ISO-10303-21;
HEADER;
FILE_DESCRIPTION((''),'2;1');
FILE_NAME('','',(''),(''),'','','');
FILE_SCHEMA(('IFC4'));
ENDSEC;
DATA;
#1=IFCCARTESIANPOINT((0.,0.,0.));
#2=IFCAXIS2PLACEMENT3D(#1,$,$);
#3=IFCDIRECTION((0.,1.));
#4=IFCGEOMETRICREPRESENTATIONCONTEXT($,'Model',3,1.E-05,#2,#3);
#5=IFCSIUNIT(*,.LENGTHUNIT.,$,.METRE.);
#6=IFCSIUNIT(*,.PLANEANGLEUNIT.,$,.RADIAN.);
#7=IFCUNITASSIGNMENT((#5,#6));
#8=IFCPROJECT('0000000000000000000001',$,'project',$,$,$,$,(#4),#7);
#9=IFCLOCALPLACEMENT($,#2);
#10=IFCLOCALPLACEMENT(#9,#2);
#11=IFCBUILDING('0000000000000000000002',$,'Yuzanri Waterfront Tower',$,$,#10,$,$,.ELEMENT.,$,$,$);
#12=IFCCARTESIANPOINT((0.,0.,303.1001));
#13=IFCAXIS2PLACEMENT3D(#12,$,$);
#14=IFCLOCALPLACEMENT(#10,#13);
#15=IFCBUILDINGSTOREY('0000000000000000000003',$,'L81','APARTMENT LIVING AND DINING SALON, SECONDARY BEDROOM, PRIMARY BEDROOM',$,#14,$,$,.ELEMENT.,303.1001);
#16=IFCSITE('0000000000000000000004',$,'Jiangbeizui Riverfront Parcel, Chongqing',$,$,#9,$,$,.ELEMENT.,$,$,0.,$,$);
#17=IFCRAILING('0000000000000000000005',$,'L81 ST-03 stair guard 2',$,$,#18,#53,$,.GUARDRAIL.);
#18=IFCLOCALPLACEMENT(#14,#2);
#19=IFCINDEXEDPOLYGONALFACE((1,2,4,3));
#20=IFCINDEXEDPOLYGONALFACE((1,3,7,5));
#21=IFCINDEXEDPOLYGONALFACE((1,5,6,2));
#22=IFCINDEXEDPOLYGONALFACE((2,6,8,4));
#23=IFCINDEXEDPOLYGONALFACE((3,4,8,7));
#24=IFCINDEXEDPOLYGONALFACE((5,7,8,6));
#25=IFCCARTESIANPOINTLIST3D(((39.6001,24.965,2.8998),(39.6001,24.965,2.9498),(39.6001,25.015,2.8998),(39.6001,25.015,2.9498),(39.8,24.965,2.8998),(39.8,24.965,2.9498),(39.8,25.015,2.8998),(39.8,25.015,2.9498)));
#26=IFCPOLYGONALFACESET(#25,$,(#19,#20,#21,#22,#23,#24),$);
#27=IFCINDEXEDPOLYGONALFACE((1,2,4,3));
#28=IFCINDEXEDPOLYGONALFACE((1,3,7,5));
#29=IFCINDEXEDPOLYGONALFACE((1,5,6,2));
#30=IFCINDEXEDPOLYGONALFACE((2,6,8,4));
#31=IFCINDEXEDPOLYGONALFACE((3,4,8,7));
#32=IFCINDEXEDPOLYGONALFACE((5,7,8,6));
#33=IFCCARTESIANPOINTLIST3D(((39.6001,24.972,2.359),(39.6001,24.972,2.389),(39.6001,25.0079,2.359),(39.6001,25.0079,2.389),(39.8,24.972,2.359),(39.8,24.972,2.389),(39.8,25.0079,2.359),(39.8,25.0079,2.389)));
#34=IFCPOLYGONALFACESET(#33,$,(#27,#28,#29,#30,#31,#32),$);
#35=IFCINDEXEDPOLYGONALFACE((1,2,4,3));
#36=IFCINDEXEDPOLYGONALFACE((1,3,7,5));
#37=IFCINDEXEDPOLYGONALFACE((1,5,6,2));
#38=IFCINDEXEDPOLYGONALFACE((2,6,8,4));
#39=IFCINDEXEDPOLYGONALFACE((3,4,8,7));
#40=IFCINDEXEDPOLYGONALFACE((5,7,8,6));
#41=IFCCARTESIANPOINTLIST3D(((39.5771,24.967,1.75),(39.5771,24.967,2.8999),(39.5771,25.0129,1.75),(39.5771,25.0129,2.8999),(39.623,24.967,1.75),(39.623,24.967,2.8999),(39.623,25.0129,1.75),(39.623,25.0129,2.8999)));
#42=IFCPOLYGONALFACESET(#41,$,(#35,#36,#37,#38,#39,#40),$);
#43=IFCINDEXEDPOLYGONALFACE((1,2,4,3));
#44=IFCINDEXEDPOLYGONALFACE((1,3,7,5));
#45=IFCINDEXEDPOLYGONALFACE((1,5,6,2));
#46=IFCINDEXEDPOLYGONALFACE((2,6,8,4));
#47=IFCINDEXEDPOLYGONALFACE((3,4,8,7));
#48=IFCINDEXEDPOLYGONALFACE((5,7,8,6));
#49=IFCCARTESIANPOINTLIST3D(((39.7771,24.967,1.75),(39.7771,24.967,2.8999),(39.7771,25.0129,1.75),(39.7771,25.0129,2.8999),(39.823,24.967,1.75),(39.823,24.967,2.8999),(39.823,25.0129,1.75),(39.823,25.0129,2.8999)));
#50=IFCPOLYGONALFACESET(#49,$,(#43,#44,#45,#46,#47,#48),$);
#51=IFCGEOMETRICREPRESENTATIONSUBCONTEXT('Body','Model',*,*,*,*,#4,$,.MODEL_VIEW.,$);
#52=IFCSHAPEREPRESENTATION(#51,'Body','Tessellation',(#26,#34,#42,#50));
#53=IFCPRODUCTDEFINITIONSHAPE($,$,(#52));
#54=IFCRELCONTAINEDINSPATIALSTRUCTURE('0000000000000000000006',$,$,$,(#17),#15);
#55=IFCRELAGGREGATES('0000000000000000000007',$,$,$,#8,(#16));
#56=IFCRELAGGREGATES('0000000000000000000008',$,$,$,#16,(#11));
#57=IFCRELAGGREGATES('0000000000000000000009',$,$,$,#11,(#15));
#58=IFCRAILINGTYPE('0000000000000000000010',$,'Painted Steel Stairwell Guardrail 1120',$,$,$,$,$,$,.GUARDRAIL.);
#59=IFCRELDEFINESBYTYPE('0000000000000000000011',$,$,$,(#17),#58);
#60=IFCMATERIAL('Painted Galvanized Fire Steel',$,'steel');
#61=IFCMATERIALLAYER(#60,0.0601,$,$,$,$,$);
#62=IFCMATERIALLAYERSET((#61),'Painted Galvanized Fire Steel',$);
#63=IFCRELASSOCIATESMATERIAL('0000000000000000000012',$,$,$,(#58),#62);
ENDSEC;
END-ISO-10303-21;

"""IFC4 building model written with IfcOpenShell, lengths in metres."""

from ifc_helpers import new_model, si_unit, direction, frame, origin, origin_2d, place, context, subcontext, project, spatial, rectangle, extrude, source, transform, mapped, material, layer, layer_set, type_object, element, save


model = new_model("IFC4")

# Units and contexts
model_context = context("Model", 3, precision=1e-05, world=origin(), true_north=direction((0.0, 1.0)))
body_context = subcontext(model_context, "Body", "Model", "MODEL_VIEW")
ifc_project = project(units=[si_unit("LENGTHUNIT", "METRE"), si_unit("PLANEANGLEUNIT", "RADIAN")], contexts=[model_context])

# Site, building, storey
site_placement = place(None, origin())
site = spatial("IfcSite", under=ifc_project, at=site_placement, Name="Jiangbeizui Riverfront Parcel, Chongqing", CompositionType="ELEMENT", RefElevation=0.0)
building_placement = place(site_placement, origin())
building = spatial("IfcBuilding", under=site, at=building_placement, Name="Yuzanri Waterfront Tower", CompositionType="ELEMENT")
storey_placement = place(building_placement, frame((0.0, 0.0, 303.1001)))
storey = spatial("IfcBuildingStorey", under=building, at=storey_placement, Name="L81", Description="APARTMENT LIVING AND DINING SALON, SECONDARY BEDROOM, PRIMARY BEDROOM", CompositionType="ELEMENT", Elevation=303.1001)

# Railing
ifc_material_1 = material(Name="Painted Galvanized Fire Steel", Category="steel")
ifc_layer_1 = layer(ifc_material_1, 0.0601)
ifc_layer_set_1 = layer_set([ifc_layer_1], Name="Painted Galvanized Fire Steel")
railing_type_1 = type_object("IfcRailingType", Name="Painted Steel Stairwell Guardrail 1120", PredefinedType="GUARDRAIL", material=ifc_layer_set_1)
shared_shape_1 = source(origin(), body_context, "Body", "SweptSolid", [
    extrude(rectangle(XDim=0.05, YDim=0.05, at=origin_2d()), frame((0.0, 0.0, 1.1748), z_axis=(1.0, 0.0, 0.0), x_axis=(0.0, 1.0, 0.0)), (0.0, 0.0, 1.0), 0.2),
    extrude(rectangle(XDim=0.0359, YDim=0.03, at=origin_2d()), frame((0.0, 0.0, 0.624), z_axis=(1.0, 0.0, 0.0), x_axis=(0.0, 1.0, 0.0)), (0.0, 0.0, 1.0), 0.2),
    extrude(rectangle(XDim=0.0459, YDim=0.0459, at=origin_2d()), origin(), (0.0, 0.0, 1.0), 1.1499),
    extrude(rectangle(XDim=0.0459, YDim=0.0459, at=origin_2d()), frame((0.2, 0.0, 0.0)), (0.0, 0.0, 1.0), 1.1499),
])
railing_1_placement = place(storey_placement, frame((39.6001, 24.99, 1.75)))
element("IfcRailing", 1, at=railing_1_placement, inside=storey, type_object=railing_type_1, Name="L81 ST-03 stair guard 2", PredefinedType="GUARDRAIL", context=body_context, shape_type="MappedRepresentation", body=[
    mapped(shared_shape_1, transform((0.0, 0.0, 0.0), scale=1.0)),
])

save(model, "model.ifc")
